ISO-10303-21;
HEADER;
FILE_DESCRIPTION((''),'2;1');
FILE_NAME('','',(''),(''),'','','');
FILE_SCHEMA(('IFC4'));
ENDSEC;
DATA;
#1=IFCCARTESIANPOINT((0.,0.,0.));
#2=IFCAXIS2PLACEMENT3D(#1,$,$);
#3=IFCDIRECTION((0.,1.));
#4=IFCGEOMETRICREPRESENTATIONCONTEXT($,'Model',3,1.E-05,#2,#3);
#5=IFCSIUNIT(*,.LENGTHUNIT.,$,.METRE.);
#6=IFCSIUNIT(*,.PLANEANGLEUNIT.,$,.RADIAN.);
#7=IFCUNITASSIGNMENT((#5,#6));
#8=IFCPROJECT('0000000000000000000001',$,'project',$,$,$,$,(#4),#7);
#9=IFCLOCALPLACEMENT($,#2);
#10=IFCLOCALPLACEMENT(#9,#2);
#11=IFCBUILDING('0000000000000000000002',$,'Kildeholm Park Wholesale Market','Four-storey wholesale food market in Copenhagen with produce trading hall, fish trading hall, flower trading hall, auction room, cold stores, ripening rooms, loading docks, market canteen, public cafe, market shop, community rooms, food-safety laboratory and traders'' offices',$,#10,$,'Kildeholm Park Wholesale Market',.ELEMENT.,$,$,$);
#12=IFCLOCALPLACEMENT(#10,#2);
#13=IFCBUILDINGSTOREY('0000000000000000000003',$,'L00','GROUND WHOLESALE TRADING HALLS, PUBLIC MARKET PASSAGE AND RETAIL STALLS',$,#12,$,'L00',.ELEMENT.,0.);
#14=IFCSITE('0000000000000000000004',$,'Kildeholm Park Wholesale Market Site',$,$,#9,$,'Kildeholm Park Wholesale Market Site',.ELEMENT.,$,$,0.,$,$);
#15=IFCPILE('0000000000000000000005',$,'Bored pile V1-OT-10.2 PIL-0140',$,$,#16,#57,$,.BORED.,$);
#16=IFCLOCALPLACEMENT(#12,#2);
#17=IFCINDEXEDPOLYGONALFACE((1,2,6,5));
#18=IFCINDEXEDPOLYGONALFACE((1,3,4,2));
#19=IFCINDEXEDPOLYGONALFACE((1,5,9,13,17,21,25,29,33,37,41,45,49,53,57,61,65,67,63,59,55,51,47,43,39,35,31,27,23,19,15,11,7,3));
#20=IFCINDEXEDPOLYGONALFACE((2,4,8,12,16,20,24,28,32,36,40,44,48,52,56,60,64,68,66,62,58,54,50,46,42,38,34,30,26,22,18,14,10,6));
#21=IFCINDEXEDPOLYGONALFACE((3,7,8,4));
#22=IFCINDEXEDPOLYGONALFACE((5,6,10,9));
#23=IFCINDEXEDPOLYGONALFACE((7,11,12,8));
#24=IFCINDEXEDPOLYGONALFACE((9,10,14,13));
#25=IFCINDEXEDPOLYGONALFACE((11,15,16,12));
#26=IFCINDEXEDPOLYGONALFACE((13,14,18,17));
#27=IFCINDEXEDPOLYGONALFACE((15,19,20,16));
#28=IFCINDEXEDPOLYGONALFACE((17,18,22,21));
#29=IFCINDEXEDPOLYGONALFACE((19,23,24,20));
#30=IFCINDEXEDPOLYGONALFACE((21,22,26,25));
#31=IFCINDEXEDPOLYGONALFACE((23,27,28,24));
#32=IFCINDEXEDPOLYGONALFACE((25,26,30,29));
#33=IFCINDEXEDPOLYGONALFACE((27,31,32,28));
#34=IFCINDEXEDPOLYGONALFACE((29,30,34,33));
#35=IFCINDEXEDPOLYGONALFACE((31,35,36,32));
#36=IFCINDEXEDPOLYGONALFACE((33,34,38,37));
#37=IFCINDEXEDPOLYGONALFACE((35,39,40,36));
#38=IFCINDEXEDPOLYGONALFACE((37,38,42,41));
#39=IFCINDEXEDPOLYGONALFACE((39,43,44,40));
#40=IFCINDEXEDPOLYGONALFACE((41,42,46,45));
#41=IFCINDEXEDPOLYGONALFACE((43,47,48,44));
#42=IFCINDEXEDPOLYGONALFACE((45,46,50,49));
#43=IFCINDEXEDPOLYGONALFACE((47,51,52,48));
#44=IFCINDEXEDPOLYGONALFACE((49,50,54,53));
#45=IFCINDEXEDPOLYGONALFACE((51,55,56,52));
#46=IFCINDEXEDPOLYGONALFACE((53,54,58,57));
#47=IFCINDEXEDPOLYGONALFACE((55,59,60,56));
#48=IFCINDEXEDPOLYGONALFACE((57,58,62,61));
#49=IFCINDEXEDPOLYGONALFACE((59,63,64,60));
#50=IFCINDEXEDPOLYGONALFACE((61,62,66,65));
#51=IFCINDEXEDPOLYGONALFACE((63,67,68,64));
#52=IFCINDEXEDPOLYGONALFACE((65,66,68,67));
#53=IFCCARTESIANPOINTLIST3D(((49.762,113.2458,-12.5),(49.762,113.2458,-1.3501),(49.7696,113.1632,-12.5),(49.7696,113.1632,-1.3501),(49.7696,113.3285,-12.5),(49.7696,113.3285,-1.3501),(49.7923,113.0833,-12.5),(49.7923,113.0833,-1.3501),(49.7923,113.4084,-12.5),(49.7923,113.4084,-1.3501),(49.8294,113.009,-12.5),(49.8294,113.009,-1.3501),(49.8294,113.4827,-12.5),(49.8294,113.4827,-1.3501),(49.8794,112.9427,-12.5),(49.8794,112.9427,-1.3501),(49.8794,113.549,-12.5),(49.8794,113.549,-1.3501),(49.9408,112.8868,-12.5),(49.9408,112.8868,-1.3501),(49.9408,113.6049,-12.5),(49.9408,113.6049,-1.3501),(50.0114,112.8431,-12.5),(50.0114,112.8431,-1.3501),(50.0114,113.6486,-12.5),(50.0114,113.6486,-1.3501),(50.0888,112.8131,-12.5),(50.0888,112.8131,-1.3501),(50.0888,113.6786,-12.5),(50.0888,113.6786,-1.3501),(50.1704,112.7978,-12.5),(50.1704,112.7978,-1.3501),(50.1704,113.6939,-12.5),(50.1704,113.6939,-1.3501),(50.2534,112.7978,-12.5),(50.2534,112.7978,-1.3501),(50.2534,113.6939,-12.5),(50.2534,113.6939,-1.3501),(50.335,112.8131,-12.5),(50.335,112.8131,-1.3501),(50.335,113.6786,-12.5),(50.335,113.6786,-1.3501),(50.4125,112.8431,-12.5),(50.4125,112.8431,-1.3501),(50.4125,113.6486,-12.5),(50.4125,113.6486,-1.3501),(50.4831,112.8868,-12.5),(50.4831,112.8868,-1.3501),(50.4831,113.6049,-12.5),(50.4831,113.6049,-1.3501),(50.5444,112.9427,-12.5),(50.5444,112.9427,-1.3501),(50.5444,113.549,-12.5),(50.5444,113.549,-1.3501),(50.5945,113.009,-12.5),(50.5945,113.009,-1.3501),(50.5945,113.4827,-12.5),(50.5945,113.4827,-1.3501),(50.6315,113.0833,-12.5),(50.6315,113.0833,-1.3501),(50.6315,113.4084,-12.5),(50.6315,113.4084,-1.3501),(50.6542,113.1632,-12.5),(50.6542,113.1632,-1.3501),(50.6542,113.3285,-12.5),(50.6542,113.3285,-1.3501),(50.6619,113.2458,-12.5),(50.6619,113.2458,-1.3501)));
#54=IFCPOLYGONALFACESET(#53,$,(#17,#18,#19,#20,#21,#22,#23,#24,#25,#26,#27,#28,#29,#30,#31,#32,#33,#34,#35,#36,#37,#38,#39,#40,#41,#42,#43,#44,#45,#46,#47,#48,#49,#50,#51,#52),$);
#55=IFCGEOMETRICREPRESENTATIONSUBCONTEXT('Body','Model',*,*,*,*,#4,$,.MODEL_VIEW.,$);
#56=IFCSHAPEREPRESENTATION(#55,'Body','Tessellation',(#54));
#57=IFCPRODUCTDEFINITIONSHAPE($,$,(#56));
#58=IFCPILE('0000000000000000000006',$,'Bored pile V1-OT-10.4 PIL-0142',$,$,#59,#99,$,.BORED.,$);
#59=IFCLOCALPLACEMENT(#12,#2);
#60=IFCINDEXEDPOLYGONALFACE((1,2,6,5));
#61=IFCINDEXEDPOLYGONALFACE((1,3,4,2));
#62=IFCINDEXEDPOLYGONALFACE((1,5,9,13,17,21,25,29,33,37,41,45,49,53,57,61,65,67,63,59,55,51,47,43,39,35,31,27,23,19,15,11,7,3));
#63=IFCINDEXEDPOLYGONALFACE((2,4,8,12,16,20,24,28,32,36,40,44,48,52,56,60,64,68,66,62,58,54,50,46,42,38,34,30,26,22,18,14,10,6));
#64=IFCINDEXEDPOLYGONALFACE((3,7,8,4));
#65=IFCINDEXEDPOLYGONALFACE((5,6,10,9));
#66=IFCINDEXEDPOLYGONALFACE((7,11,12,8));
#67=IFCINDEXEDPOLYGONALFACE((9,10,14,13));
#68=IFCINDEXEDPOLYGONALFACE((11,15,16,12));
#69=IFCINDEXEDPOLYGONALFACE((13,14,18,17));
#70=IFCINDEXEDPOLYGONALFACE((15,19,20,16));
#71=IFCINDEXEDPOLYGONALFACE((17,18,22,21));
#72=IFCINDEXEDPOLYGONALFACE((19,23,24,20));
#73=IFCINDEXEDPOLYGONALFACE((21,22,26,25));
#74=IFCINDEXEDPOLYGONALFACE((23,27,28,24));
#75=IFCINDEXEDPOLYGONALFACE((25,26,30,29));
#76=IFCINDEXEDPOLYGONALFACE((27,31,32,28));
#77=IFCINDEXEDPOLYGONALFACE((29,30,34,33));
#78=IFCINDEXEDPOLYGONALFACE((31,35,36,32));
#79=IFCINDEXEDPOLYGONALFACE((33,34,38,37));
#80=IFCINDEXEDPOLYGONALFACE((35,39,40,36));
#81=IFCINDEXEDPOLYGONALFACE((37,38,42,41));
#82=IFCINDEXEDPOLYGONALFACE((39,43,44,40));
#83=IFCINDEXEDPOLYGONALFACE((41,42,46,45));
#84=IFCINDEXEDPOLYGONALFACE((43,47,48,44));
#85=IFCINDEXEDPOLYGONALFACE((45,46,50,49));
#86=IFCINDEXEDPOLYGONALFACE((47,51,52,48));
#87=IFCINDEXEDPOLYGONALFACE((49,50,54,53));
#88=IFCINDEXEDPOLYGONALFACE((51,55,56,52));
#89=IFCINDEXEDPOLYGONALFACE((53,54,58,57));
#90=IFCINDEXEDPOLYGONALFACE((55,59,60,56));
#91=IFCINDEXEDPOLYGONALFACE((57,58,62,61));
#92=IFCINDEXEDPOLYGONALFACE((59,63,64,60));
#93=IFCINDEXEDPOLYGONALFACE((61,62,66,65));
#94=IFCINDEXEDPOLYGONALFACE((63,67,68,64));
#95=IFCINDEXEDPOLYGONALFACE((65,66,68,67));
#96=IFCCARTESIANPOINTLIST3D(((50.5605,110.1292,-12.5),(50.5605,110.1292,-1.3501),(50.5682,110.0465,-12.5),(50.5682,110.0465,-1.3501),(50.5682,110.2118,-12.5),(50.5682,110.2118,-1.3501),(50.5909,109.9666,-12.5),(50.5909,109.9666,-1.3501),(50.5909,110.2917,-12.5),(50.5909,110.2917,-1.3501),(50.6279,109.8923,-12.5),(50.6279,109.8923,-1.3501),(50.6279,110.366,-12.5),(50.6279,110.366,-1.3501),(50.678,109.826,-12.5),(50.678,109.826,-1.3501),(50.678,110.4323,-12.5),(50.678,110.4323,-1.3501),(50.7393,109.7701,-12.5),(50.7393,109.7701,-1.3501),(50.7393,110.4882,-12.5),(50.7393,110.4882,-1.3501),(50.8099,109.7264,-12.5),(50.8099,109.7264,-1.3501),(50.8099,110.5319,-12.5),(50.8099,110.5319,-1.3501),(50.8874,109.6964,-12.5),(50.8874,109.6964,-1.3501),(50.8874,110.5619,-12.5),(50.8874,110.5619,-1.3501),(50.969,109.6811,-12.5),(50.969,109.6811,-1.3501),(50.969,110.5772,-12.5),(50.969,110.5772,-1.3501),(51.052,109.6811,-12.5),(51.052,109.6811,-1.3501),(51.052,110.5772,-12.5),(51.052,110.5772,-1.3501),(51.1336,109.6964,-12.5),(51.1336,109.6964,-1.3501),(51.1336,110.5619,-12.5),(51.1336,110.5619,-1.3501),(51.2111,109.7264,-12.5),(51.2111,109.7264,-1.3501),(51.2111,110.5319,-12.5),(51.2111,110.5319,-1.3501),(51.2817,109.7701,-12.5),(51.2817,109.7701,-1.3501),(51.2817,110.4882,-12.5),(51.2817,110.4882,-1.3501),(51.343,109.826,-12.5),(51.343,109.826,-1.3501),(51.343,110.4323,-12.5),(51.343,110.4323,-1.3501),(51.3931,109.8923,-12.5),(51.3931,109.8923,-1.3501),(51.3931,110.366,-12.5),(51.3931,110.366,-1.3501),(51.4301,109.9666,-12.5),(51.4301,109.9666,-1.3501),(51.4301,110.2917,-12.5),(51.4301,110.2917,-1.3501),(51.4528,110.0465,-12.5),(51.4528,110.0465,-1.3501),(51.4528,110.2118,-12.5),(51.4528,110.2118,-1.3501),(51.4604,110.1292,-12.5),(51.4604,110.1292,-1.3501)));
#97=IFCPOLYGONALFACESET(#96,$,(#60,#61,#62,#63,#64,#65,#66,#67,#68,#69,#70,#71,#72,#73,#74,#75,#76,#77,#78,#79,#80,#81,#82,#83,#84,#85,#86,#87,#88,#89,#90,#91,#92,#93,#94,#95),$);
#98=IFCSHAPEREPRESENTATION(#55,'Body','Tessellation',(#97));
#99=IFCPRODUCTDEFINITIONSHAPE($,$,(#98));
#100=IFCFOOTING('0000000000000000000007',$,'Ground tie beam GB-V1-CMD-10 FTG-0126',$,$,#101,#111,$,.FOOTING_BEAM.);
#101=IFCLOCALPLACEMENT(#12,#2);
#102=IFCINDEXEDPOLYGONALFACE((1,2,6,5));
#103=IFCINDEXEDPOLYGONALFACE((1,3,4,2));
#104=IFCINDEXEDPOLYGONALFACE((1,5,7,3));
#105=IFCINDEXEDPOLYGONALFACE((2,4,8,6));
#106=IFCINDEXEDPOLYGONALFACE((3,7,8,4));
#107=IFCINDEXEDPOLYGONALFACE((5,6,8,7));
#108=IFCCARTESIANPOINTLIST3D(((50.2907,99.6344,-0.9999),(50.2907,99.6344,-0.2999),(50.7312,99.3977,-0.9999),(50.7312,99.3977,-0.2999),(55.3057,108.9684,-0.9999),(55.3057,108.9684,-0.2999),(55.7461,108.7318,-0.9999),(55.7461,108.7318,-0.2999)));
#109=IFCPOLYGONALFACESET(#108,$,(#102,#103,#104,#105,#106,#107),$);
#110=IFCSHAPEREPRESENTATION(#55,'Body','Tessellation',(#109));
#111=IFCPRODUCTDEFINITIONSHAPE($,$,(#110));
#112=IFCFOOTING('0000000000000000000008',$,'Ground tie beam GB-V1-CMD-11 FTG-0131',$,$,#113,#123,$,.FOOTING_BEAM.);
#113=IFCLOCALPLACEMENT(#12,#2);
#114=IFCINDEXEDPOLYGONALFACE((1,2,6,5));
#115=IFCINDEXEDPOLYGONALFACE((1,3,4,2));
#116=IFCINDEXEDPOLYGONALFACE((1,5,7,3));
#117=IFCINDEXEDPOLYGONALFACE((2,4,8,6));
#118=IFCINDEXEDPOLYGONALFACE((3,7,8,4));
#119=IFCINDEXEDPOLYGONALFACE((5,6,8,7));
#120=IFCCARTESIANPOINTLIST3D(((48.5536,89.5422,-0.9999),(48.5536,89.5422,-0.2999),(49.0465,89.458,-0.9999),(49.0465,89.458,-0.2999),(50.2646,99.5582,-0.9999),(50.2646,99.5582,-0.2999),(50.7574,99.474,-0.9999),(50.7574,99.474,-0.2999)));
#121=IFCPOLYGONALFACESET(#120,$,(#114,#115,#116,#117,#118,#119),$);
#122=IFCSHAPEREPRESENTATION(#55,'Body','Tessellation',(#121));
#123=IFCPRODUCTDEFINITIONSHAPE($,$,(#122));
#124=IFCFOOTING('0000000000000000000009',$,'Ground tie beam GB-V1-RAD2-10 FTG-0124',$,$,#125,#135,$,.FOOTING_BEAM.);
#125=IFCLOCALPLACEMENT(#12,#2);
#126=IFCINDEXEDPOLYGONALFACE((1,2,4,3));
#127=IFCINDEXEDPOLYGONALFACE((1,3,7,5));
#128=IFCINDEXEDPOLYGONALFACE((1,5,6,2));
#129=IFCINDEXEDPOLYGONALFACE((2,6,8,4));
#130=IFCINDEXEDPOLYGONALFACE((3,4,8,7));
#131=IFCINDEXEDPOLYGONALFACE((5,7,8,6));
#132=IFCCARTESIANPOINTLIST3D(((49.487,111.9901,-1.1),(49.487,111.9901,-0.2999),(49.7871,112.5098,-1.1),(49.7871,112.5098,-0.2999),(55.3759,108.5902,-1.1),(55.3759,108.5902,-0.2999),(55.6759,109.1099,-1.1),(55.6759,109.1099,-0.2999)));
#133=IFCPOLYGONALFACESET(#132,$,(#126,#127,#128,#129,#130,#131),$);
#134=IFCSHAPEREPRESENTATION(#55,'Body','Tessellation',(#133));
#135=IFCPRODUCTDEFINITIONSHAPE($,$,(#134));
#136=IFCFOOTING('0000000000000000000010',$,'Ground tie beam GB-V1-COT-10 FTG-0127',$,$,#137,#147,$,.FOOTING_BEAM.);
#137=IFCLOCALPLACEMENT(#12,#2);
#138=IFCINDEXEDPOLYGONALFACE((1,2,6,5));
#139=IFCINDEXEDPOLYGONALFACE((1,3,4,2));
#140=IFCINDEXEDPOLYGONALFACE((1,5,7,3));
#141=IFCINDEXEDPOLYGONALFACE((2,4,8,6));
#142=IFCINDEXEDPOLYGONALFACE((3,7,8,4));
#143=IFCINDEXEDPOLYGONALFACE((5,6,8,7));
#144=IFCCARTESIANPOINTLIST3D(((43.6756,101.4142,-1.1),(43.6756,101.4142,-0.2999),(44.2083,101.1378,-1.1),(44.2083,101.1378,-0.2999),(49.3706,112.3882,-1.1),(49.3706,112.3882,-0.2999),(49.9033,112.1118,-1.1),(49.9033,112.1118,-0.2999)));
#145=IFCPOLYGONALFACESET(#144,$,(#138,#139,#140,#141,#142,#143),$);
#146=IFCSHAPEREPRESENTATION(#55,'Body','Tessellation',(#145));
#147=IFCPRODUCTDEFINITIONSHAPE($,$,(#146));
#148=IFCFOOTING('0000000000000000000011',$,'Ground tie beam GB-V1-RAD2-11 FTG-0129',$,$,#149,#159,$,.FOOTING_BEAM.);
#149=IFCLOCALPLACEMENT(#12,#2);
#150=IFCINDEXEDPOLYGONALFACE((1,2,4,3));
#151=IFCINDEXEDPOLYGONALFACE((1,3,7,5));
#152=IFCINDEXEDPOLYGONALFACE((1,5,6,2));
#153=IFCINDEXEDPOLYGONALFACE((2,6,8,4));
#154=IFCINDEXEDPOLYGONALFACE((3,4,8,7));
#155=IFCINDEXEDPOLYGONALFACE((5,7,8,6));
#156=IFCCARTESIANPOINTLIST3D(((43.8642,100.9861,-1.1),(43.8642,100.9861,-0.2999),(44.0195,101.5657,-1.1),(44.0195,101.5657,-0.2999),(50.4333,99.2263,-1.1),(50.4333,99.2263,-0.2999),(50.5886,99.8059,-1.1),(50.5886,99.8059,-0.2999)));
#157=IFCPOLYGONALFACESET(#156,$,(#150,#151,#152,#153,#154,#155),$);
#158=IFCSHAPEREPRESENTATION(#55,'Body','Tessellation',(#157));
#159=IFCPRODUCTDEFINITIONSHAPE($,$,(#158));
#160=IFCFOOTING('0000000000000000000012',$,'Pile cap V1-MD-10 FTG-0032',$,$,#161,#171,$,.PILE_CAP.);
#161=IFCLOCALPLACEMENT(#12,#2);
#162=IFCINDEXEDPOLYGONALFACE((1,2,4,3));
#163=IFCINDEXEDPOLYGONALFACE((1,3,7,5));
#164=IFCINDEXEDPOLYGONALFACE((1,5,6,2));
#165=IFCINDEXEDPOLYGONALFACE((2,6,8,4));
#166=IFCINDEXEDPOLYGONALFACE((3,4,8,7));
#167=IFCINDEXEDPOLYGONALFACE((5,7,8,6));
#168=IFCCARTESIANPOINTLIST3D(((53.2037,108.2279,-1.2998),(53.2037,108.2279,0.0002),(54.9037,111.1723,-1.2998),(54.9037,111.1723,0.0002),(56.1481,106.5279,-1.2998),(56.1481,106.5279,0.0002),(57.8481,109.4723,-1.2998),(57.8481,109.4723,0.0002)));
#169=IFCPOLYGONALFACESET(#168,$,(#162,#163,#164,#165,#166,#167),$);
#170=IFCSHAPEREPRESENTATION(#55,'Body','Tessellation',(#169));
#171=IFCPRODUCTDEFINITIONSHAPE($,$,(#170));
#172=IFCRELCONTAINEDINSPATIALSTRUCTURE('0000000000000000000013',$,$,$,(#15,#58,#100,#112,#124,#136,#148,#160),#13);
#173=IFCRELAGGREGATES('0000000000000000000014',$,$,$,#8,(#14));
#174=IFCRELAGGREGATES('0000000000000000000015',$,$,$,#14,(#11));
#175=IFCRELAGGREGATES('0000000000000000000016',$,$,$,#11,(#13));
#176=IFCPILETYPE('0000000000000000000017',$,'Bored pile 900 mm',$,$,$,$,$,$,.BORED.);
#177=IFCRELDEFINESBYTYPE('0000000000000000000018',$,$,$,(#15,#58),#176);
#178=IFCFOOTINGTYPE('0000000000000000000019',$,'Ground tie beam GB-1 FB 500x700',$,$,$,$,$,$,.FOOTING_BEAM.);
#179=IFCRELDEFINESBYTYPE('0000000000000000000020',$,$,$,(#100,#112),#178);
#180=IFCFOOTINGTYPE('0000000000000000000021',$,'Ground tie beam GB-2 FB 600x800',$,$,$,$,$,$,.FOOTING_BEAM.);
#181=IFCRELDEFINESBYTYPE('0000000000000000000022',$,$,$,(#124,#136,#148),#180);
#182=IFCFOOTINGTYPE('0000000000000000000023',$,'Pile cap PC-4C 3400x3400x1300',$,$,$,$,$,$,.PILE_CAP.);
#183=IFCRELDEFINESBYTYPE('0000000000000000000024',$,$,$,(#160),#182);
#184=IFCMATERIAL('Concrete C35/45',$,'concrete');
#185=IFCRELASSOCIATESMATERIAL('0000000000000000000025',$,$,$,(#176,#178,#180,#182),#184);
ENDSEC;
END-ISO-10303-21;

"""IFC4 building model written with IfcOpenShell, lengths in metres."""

from ifc_helpers import new_model, si_unit, direction, frame, origin, origin_2d, place, context, subcontext, project, spatial, rectangle, circle, extrude, material, material_profile, profile_set, type_object, element, save


model = new_model("IFC4")

# Units and contexts
model_context = context("Model", 3, precision=1e-05, world=origin(), true_north=direction((0.0, 1.0)))
body_context = subcontext(model_context, "Body", "Model", "MODEL_VIEW")
ifc_project = project(units=[si_unit("LENGTHUNIT", "METRE"), si_unit("PLANEANGLEUNIT", "RADIAN")], contexts=[model_context])

# Site, building, storey
site_placement = place(None, origin())
site = spatial("IfcSite", under=ifc_project, at=site_placement, Name="Kildeholm Park Wholesale Market Site", LongName="Kildeholm Park Wholesale Market Site", CompositionType="ELEMENT", RefElevation=0.0)
building_placement = place(site_placement, origin())
building = spatial("IfcBuilding", under=site, at=building_placement, Name="Kildeholm Park Wholesale Market", Description="Four-storey wholesale food market in Copenhagen with produce trading hall, fish trading hall, flower trading hall, auction room, cold stores, ripening rooms, loading docks, market canteen, public cafe, market shop, community rooms, food-safety laboratory and traders' offices", LongName="Kildeholm Park Wholesale Market", CompositionType="ELEMENT")
storey_placement = place(building_placement, origin())
storey = spatial("IfcBuildingStorey", under=building, at=storey_placement, Name="L00", Description="GROUND WHOLESALE TRADING HALLS, PUBLIC MARKET PASSAGE AND RETAIL STALLS", LongName="L00", CompositionType="ELEMENT", Elevation=0.0)

# Piles
ifc_material_1 = material(Name="Concrete C35/45", Category="concrete")
ifc_material_profile_1 = material_profile(ifc_material_1, circle(Radius=0.45, at=origin_2d()), Name="PILE D900")
ifc_profile_set_1 = profile_set([ifc_material_profile_1], Name="Concrete C35/45")
pile_type_1 = type_object("IfcPileType", Name="Bored pile 900 mm", PredefinedType="BORED", material=ifc_profile_set_1)
for number, where, z_axis, x_axis, name in (
    (1, (50.2119, 113.2458, -1.3501), (0.0, 0.0, -1.0), (1.0, 0.0, 0.0), "Bored pile V1-OT-10.2 PIL-0140"),
    (2, (51.0105, 110.1292, -1.3501), (0.0, 0.0, -1.0), (1.0, 0.0, 0.0), "Bored pile V1-OT-10.4 PIL-0142"),
):
    element("IfcPile", number, at=place(storey_placement, frame(where, z_axis=z_axis, x_axis=x_axis)), inside=storey, type_object=pile_type_1, Name=name, PredefinedType="BORED", context=body_context, shape_type="SweptSolid", body=[
        extrude(circle(Radius=0.45, at=origin_2d()), origin(), (0.0, 0.0, 1.0), 11.1499),
    ])

# Footings
ifc_material_profile_2 = material_profile(ifc_material_1, rectangle(XDim=0.5, YDim=0.7, at=origin_2d()), Name="FB 500x700")
ifc_profile_set_2 = profile_set([ifc_material_profile_2], Name="Concrete C35/45")
footing_type_1 = type_object("IfcFootingType", Name="Ground tie beam GB-1 FB 500x700", PredefinedType="FOOTING_BEAM", material=ifc_profile_set_2)
footing_1_placement = place(storey_placement, frame((55.5259, 108.8501, -0.6499), z_axis=(-0.473288, -0.880908, 0.0), x_axis=(0.880908, -0.473288, 0.0)))
element("IfcFooting", 3, at=footing_1_placement, inside=storey, type_object=footing_type_1, Name="Ground tie beam GB-V1-CMD-10 FTG-0126", PredefinedType="FOOTING_BEAM", context=body_context, shape_type="SweptSolid", body=[
    extrude(rectangle(XDim=0.5, YDim=0.7, at=origin_2d()), origin(), (0.0, 0.0, 1.0), 10.5959),
])
footing_2_placement = place(storey_placement, frame((50.511, 99.5161, -0.6499), z_axis=(-0.16838, -0.985722, 0.0), x_axis=(0.985722, -0.16838, 0.0)))
element("IfcFooting", 4, at=footing_2_placement, inside=storey, type_object=footing_type_1, Name="Ground tie beam GB-V1-CMD-11 FTG-0131", PredefinedType="FOOTING_BEAM", context=body_context, shape_type="SweptSolid", body=[
    extrude(rectangle(XDim=0.5, YDim=0.7, at=origin_2d()), origin(), (0.0, 0.0, 1.0), 10.1611),
])
ifc_material_profile_3 = material_profile(ifc_material_1, rectangle(XDim=0.6001, YDim=0.8, at=origin_2d()), Name="FB 600x800")
ifc_profile_set_3 = profile_set([ifc_material_profile_3], Name="Concrete C35/45")
footing_type_2 = type_object("IfcFootingType", Name="Ground tie beam GB-2 FB 600x800", PredefinedType="FOOTING_BEAM", material=ifc_profile_set_3)
footing_3_placement = place(storey_placement, frame((55.5259, 108.8501, -0.7), z_axis=(-0.86603, 0.499993, 0.0), x_axis=(-0.499993, -0.86603, 0.0)))
element("IfcFooting", 5, at=footing_3_placement, inside=storey, type_object=footing_type_2, Name="Ground tie beam GB-V1-RAD2-10 FTG-0124", PredefinedType="FOOTING_BEAM", context=body_context, shape_type="SweptSolid", body=[
    extrude(rectangle(XDim=0.6001, YDim=0.8, at=origin_2d()), origin(), (0.0, 0.0, 1.0), 6.7998),
])
footing_4_placement = place(storey_placement, frame((49.637, 112.25, -0.7), z_axis=(-0.460622, -0.887596, 0.0), x_axis=(0.887596, -0.460622, 0.0)))
element("IfcFooting", 6, at=footing_4_placement, inside=storey, type_object=footing_type_2, Name="Ground tie beam GB-V1-COT-10 FTG-0127", PredefinedType="FOOTING_BEAM", context=body_context, shape_type="SweptSolid", body=[
    extrude(rectangle(XDim=0.6001, YDim=0.8, at=origin_2d()), origin(), (0.0, 0.0, 1.0), 12.3638),
])
footing_5_placement = place(storey_placement, frame((50.511, 99.5161, -0.7), z_axis=(-0.965941, 0.258762, 0.0), x_axis=(-0.258762, -0.965941, 0.0)))
element("IfcFooting", 7, at=footing_5_placement, inside=storey, type_object=footing_type_2, Name="Ground tie beam GB-V1-RAD2-11 FTG-0129", PredefinedType="FOOTING_BEAM", context=body_context, shape_type="SweptSolid", body=[
    extrude(rectangle(XDim=0.6001, YDim=0.8, at=origin_2d()), origin(), (0.0, 0.0, 1.0), 6.8008),
])
footing_type_3 = type_object("IfcFootingType", Name="Pile cap PC-4C 3400x3400x1300", PredefinedType="PILE_CAP", material=ifc_material_1)
footing_6_placement = place(storey_placement, frame((55.5259, 108.8501, -1.2998), z_axis=(0.0, 0.0, 1.0), x_axis=(-0.866025, 0.5, 0.0)))
element("IfcFooting", 8, at=footing_6_placement, inside=storey, type_object=footing_type_3, Name="Pile cap V1-MD-10 FTG-0032", PredefinedType="PILE_CAP", context=body_context, shape_type="SweptSolid", body=[
    extrude(rectangle(XDim=3.3999, YDim=3.3999, at=origin_2d()), origin(), (0.0, 0.0, 1.0), 1.3),
])

save(model, "model.ifc")
